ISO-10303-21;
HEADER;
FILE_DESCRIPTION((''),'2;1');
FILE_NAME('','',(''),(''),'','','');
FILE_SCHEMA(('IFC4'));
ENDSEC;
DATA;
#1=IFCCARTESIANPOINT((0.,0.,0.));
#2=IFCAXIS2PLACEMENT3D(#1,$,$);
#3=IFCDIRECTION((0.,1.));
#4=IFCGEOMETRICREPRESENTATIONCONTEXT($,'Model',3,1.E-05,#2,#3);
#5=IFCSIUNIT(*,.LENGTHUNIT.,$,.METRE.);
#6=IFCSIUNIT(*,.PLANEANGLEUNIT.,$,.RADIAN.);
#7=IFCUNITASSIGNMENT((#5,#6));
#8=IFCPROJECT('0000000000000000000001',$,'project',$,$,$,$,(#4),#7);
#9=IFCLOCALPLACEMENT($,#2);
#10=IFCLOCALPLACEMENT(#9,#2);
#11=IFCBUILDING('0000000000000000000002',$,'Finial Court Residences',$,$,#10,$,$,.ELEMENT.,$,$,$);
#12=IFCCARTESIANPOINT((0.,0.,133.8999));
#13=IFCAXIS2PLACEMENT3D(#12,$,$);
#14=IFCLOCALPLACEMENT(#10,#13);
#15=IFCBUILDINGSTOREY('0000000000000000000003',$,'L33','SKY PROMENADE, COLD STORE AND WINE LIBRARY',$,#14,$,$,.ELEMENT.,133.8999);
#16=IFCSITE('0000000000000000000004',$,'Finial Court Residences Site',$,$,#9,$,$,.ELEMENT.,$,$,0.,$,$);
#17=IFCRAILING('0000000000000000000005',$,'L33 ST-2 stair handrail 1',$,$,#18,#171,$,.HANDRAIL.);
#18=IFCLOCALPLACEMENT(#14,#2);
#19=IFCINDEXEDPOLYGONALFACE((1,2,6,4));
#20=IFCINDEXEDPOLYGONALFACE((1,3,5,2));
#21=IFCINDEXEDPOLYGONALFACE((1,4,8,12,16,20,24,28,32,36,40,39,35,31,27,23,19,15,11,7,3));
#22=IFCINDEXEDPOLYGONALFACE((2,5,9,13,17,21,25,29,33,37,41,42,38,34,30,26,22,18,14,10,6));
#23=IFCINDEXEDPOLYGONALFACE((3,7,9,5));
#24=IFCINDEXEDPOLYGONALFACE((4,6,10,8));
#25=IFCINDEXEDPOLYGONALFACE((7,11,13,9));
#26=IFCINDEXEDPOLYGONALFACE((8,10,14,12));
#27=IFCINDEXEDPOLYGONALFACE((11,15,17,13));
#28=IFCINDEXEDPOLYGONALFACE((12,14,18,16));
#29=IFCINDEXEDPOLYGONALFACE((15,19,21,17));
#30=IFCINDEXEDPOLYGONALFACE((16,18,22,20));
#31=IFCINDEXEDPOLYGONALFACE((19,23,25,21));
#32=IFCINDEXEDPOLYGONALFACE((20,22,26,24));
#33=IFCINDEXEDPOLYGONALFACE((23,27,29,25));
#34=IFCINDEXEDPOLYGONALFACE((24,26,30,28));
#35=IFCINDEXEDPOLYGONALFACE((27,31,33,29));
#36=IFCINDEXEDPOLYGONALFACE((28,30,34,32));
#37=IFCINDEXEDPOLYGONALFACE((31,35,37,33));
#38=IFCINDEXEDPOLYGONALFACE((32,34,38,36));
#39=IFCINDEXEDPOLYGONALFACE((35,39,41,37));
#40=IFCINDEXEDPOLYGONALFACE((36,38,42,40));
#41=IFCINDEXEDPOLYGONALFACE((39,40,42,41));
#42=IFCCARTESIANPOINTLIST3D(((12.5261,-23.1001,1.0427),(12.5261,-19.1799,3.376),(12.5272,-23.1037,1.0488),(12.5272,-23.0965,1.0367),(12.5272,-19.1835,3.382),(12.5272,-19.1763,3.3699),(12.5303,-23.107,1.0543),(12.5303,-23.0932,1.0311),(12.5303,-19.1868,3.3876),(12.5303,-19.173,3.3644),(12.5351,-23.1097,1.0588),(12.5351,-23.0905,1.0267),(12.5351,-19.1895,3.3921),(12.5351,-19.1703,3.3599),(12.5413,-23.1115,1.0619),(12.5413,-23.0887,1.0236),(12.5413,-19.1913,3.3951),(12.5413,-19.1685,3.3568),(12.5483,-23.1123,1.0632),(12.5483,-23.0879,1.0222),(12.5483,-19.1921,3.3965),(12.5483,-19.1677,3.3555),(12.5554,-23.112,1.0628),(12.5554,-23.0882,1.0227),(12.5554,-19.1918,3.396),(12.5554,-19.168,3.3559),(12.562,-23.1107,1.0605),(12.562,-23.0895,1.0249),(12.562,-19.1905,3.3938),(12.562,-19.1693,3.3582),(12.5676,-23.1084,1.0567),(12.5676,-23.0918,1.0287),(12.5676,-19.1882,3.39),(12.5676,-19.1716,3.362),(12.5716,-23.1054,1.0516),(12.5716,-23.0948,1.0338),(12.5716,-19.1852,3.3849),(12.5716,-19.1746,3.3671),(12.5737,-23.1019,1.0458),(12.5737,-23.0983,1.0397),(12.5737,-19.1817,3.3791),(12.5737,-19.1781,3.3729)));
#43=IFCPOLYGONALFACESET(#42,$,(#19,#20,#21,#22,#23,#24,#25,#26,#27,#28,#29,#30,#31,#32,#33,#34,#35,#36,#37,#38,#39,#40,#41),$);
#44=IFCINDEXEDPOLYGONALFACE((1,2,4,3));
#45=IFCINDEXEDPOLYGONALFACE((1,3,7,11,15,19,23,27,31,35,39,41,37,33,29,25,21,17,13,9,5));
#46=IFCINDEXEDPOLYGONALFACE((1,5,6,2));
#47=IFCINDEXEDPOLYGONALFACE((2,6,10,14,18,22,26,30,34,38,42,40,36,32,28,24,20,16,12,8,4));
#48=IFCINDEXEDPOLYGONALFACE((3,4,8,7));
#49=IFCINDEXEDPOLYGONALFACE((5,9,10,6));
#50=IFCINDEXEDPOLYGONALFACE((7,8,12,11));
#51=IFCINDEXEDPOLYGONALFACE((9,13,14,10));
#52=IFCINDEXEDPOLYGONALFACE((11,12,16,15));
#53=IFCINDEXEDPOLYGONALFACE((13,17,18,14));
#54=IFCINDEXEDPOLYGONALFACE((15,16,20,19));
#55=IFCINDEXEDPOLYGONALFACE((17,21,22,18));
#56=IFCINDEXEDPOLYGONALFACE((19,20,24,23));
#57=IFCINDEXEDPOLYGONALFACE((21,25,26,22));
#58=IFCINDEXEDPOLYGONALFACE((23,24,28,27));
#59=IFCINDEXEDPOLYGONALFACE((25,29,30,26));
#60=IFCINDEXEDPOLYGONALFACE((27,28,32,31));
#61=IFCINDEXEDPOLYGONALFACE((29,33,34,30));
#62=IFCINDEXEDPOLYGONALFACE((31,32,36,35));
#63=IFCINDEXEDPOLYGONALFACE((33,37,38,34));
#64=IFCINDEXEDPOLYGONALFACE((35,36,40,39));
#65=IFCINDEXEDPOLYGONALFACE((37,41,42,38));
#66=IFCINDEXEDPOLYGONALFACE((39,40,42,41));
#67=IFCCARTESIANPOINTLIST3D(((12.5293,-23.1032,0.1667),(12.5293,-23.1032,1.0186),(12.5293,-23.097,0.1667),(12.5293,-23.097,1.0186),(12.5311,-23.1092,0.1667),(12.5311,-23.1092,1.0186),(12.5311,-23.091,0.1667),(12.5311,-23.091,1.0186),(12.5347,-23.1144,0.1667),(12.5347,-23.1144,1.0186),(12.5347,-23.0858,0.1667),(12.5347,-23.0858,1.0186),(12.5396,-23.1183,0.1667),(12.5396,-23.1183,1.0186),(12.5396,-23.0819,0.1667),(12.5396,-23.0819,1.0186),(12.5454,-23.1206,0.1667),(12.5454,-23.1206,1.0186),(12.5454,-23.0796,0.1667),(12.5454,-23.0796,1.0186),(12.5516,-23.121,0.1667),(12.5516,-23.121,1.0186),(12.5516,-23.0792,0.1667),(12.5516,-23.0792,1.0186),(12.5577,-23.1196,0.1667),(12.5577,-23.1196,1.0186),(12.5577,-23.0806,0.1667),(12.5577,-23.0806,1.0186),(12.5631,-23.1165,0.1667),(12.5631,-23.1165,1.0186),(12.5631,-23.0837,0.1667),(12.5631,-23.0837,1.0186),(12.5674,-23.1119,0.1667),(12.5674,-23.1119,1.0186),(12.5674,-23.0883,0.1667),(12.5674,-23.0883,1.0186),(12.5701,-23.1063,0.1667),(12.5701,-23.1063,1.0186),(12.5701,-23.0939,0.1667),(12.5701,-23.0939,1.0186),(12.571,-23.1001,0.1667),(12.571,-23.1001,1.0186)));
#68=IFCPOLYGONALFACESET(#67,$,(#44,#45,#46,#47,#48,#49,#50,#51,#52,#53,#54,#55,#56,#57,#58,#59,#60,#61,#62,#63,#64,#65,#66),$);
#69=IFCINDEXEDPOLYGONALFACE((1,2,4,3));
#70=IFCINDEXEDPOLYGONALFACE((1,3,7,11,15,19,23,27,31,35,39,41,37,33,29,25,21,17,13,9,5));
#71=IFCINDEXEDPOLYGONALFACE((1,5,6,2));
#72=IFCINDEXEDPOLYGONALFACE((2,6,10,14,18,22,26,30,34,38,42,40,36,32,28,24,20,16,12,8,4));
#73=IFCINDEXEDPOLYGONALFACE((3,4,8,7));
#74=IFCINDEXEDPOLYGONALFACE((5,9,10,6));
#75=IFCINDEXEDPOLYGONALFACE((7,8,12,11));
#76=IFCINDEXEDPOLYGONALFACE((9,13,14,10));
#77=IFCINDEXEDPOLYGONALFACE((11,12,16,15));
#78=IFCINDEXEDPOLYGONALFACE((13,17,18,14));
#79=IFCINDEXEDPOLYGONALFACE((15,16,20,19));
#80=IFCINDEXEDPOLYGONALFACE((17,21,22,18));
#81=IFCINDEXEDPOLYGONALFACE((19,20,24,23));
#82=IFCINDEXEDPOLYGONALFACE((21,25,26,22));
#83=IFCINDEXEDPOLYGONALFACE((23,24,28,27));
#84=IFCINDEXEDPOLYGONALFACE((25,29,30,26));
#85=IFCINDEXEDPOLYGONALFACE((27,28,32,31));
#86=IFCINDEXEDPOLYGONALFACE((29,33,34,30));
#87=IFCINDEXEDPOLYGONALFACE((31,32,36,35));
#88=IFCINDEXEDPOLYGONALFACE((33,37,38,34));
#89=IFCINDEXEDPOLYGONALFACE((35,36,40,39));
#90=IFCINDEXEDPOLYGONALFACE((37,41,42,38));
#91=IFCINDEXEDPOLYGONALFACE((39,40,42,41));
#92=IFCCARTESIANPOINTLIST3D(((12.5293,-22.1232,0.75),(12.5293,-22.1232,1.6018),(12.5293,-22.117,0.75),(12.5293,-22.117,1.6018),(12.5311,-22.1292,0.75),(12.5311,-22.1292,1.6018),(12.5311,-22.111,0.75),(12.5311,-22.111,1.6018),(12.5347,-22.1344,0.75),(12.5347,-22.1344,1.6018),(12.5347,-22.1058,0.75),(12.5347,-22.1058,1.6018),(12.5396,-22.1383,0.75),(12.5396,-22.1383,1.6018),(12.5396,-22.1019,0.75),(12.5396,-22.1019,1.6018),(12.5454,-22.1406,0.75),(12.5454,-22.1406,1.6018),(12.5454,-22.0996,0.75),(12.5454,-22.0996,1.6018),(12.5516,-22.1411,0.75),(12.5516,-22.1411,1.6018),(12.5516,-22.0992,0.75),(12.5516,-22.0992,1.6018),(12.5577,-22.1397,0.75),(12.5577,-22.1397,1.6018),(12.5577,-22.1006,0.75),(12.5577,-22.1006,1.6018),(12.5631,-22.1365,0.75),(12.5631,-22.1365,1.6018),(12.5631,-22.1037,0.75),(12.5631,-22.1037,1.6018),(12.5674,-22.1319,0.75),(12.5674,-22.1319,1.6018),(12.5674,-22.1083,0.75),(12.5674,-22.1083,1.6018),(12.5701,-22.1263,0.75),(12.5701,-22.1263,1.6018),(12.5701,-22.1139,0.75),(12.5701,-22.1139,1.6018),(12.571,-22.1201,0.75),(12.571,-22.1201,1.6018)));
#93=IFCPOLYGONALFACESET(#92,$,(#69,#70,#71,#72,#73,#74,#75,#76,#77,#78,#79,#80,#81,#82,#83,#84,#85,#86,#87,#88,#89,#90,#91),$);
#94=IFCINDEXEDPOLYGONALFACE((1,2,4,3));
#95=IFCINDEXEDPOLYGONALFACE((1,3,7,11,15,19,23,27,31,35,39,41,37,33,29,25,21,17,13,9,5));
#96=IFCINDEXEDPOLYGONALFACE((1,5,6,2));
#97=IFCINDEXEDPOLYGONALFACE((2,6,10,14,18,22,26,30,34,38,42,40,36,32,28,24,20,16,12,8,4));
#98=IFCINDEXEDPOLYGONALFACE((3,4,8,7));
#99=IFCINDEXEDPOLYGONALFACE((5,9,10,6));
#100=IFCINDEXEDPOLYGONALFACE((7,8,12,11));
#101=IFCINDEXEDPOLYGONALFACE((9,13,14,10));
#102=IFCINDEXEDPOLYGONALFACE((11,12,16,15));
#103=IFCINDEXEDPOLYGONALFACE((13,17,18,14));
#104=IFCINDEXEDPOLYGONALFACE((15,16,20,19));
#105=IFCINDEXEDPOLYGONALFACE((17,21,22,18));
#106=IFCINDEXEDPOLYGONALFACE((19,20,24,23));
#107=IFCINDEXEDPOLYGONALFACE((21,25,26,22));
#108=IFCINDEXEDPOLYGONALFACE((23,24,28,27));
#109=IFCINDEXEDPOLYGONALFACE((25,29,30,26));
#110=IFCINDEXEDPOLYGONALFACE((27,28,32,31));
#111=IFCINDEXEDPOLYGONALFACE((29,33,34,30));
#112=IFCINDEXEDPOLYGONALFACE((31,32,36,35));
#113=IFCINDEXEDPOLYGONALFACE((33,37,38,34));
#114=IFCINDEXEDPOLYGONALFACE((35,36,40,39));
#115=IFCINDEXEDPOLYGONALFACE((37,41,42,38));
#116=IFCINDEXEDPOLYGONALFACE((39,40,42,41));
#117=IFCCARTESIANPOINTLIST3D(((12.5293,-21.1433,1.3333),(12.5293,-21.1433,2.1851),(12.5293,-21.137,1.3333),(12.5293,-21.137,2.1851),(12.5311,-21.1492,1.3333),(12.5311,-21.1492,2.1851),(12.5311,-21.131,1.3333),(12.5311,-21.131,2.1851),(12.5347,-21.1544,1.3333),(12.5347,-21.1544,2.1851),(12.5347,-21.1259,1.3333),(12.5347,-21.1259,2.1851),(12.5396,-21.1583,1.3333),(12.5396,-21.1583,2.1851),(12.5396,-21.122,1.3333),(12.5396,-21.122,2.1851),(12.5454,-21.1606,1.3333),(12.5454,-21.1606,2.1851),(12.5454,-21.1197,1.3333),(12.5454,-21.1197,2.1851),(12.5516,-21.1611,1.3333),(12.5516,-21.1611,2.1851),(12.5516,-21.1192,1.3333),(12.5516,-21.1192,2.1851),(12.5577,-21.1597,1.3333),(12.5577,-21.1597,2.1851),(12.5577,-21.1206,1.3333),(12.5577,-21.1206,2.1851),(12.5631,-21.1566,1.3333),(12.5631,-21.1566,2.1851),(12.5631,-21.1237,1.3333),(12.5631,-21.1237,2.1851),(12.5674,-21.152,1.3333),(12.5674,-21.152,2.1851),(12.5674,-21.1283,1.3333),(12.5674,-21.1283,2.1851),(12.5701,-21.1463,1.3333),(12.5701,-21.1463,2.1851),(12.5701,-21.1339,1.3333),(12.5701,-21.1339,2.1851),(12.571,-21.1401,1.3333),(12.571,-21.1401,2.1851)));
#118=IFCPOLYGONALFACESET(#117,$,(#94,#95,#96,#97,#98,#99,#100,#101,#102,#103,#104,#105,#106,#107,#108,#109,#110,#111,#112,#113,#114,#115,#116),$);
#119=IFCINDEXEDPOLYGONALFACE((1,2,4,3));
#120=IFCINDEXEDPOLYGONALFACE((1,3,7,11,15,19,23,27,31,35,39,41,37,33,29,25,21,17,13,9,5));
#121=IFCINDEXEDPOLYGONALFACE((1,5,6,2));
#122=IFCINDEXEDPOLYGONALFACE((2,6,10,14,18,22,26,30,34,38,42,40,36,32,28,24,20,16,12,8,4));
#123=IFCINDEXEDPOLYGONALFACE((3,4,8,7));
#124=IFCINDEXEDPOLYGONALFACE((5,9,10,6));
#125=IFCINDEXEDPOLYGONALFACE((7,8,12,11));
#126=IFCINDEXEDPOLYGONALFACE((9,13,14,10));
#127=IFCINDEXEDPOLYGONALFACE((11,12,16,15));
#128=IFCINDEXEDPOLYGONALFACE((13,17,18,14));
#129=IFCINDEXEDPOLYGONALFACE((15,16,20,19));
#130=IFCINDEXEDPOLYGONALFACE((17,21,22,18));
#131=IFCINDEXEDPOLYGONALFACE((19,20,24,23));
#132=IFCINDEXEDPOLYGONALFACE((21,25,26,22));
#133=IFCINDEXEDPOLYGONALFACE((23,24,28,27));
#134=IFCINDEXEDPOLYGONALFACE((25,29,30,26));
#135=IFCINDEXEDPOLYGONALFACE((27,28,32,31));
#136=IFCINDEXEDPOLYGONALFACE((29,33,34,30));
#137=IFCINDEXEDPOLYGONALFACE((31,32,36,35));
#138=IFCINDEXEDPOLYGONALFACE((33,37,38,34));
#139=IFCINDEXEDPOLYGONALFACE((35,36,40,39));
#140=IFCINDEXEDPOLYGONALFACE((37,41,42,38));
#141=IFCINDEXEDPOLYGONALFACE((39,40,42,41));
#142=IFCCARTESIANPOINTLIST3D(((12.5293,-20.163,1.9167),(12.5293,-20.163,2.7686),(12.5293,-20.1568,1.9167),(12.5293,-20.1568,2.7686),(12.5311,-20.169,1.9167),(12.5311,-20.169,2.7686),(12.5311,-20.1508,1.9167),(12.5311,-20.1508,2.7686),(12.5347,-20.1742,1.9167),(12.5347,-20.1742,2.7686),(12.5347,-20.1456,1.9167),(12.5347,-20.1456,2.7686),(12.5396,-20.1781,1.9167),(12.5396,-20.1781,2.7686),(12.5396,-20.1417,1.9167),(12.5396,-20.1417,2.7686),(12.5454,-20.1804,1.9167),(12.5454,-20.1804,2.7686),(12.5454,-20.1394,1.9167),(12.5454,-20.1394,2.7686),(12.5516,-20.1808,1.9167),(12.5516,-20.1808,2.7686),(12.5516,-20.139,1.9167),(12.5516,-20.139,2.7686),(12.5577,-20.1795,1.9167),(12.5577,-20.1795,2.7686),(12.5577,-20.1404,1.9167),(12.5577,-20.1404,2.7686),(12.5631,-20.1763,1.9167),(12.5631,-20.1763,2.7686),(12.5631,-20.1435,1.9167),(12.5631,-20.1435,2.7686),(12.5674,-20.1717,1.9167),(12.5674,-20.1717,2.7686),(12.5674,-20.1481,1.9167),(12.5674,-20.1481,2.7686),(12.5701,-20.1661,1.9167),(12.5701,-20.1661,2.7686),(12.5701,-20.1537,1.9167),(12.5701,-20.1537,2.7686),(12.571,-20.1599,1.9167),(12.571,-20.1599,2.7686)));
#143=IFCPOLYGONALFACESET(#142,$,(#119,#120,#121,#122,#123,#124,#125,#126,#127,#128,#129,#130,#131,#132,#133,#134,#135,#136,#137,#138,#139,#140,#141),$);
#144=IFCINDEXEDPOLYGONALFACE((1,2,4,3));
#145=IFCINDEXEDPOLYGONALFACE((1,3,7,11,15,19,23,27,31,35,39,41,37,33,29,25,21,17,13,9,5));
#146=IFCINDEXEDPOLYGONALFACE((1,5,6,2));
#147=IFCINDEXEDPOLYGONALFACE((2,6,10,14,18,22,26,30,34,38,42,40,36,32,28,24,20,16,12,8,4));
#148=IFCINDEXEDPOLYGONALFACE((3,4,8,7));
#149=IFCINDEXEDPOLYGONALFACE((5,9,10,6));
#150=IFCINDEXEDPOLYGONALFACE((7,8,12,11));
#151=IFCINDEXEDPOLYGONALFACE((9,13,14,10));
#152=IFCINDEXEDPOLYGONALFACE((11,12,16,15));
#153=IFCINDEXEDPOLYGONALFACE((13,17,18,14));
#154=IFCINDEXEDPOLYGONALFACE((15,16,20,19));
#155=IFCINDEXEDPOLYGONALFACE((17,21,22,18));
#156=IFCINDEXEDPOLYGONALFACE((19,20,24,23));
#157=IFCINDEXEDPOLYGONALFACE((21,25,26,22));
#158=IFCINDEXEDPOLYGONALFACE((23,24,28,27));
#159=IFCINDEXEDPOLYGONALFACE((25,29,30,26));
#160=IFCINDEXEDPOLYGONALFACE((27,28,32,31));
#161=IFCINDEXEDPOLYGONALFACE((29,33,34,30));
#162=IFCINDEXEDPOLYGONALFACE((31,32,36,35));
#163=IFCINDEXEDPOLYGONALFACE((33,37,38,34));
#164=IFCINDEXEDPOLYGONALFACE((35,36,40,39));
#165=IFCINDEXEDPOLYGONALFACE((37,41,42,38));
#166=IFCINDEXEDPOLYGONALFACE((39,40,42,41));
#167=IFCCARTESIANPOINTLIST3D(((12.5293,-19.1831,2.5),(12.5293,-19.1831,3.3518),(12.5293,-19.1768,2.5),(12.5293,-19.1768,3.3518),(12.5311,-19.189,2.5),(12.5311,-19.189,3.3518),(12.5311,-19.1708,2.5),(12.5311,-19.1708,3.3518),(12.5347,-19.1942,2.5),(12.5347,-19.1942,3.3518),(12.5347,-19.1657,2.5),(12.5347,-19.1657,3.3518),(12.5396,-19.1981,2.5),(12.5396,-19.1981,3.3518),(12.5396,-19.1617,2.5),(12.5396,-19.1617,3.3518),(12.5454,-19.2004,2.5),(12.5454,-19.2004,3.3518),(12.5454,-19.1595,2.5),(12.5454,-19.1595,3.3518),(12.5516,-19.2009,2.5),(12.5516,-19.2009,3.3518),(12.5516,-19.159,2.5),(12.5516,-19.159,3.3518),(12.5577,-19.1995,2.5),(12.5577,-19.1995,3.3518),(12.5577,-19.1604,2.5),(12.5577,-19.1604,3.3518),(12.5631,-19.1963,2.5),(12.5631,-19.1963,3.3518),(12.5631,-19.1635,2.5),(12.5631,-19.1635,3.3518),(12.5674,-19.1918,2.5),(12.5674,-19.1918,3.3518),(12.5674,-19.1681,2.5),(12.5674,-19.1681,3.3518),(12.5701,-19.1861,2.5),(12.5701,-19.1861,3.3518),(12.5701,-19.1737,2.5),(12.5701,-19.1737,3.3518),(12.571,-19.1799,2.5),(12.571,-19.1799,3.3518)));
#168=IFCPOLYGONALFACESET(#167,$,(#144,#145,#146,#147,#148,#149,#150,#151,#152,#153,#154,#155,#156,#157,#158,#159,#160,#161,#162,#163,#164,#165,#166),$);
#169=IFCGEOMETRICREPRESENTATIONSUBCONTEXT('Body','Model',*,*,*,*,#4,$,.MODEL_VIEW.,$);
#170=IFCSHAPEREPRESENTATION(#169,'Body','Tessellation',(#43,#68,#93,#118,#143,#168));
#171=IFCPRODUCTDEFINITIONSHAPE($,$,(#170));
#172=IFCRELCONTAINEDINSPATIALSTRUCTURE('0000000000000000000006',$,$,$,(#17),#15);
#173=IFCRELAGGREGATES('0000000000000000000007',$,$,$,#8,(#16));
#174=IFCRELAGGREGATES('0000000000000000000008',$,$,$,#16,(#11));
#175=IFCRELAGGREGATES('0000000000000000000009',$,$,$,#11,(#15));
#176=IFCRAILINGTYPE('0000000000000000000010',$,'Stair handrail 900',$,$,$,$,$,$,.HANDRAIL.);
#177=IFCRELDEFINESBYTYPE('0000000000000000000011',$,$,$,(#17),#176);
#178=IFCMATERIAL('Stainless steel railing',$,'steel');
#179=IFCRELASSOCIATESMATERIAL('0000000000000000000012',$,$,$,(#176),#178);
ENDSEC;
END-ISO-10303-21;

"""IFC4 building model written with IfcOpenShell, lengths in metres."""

from ifc_helpers import new_model, si_unit, direction, frame, origin, origin_2d, place, context, subcontext, project, spatial, circle, extrude, material, type_object, element, save


model = new_model("IFC4")

# Units and contexts
model_context = context("Model", 3, precision=1e-05, world=origin(), true_north=direction((0.0, 1.0)))
body_context = subcontext(model_context, "Body", "Model", "MODEL_VIEW")
ifc_project = project(units=[si_unit("LENGTHUNIT", "METRE"), si_unit("PLANEANGLEUNIT", "RADIAN")], contexts=[model_context])

# Site, building, storey
site_placement = place(None, origin())
site = spatial("IfcSite", under=ifc_project, at=site_placement, Name="Finial Court Residences Site", CompositionType="ELEMENT", RefElevation=0.0)
building_placement = place(site_placement, origin())
building = spatial("IfcBuilding", under=site, at=building_placement, Name="Finial Court Residences", CompositionType="ELEMENT")
storey_placement = place(building_placement, frame((0.0, 0.0, 133.8999)))
storey = spatial("IfcBuildingStorey", under=building, at=storey_placement, Name="L33", Description="SKY PROMENADE, COLD STORE AND WINE LIBRARY", CompositionType="ELEMENT", Elevation=133.8999)

# Railing
ifc_material_1 = material(Name="Stainless steel railing", Category="steel")
railing_type_1 = type_object("IfcRailingType", Name="Stair handrail 900", PredefinedType="HANDRAIL", material=ifc_material_1)
railing_1_placement = place(storey_placement, frame((12.55, -23.1001, 0.1667)))
element("IfcRailing", 1, at=railing_1_placement, inside=storey, type_object=railing_type_1, Name="L33 ST-2 stair handrail 1", PredefinedType="HANDRAIL", context=body_context, shape_type="SweptSolid", body=[
    extrude(circle(Radius=0.0239, at=origin_2d()), frame((0.0, 0.0, 0.876), z_axis=(0.0, 0.85931, 0.511455), x_axis=(-1.0, 0.0, 0.0)), (0.0, 0.0, 1.0), 4.562),
    extrude(circle(Radius=0.021, at=origin_2d()), origin(), (0.0, 0.0, 1.0), 0.8518),
    extrude(circle(Radius=0.021, at=origin_2d()), frame((0.0, 0.98, 0.5833)), (0.0, 0.0, 1.0), 0.8518),
    extrude(circle(Radius=0.021, at=origin_2d()), frame((0.0, 1.96, 1.1665)), (0.0, 0.0, 1.0), 0.8518),
    extrude(circle(Radius=0.021, at=origin_2d()), frame((0.0, 2.9402, 1.75)), (0.0, 0.0, 1.0), 0.8518),
    extrude(circle(Radius=0.021, at=origin_2d()), frame((0.0, 3.9202, 2.3333)), (0.0, 0.0, 1.0), 0.8518),
])

save(model, "model.ifc")
